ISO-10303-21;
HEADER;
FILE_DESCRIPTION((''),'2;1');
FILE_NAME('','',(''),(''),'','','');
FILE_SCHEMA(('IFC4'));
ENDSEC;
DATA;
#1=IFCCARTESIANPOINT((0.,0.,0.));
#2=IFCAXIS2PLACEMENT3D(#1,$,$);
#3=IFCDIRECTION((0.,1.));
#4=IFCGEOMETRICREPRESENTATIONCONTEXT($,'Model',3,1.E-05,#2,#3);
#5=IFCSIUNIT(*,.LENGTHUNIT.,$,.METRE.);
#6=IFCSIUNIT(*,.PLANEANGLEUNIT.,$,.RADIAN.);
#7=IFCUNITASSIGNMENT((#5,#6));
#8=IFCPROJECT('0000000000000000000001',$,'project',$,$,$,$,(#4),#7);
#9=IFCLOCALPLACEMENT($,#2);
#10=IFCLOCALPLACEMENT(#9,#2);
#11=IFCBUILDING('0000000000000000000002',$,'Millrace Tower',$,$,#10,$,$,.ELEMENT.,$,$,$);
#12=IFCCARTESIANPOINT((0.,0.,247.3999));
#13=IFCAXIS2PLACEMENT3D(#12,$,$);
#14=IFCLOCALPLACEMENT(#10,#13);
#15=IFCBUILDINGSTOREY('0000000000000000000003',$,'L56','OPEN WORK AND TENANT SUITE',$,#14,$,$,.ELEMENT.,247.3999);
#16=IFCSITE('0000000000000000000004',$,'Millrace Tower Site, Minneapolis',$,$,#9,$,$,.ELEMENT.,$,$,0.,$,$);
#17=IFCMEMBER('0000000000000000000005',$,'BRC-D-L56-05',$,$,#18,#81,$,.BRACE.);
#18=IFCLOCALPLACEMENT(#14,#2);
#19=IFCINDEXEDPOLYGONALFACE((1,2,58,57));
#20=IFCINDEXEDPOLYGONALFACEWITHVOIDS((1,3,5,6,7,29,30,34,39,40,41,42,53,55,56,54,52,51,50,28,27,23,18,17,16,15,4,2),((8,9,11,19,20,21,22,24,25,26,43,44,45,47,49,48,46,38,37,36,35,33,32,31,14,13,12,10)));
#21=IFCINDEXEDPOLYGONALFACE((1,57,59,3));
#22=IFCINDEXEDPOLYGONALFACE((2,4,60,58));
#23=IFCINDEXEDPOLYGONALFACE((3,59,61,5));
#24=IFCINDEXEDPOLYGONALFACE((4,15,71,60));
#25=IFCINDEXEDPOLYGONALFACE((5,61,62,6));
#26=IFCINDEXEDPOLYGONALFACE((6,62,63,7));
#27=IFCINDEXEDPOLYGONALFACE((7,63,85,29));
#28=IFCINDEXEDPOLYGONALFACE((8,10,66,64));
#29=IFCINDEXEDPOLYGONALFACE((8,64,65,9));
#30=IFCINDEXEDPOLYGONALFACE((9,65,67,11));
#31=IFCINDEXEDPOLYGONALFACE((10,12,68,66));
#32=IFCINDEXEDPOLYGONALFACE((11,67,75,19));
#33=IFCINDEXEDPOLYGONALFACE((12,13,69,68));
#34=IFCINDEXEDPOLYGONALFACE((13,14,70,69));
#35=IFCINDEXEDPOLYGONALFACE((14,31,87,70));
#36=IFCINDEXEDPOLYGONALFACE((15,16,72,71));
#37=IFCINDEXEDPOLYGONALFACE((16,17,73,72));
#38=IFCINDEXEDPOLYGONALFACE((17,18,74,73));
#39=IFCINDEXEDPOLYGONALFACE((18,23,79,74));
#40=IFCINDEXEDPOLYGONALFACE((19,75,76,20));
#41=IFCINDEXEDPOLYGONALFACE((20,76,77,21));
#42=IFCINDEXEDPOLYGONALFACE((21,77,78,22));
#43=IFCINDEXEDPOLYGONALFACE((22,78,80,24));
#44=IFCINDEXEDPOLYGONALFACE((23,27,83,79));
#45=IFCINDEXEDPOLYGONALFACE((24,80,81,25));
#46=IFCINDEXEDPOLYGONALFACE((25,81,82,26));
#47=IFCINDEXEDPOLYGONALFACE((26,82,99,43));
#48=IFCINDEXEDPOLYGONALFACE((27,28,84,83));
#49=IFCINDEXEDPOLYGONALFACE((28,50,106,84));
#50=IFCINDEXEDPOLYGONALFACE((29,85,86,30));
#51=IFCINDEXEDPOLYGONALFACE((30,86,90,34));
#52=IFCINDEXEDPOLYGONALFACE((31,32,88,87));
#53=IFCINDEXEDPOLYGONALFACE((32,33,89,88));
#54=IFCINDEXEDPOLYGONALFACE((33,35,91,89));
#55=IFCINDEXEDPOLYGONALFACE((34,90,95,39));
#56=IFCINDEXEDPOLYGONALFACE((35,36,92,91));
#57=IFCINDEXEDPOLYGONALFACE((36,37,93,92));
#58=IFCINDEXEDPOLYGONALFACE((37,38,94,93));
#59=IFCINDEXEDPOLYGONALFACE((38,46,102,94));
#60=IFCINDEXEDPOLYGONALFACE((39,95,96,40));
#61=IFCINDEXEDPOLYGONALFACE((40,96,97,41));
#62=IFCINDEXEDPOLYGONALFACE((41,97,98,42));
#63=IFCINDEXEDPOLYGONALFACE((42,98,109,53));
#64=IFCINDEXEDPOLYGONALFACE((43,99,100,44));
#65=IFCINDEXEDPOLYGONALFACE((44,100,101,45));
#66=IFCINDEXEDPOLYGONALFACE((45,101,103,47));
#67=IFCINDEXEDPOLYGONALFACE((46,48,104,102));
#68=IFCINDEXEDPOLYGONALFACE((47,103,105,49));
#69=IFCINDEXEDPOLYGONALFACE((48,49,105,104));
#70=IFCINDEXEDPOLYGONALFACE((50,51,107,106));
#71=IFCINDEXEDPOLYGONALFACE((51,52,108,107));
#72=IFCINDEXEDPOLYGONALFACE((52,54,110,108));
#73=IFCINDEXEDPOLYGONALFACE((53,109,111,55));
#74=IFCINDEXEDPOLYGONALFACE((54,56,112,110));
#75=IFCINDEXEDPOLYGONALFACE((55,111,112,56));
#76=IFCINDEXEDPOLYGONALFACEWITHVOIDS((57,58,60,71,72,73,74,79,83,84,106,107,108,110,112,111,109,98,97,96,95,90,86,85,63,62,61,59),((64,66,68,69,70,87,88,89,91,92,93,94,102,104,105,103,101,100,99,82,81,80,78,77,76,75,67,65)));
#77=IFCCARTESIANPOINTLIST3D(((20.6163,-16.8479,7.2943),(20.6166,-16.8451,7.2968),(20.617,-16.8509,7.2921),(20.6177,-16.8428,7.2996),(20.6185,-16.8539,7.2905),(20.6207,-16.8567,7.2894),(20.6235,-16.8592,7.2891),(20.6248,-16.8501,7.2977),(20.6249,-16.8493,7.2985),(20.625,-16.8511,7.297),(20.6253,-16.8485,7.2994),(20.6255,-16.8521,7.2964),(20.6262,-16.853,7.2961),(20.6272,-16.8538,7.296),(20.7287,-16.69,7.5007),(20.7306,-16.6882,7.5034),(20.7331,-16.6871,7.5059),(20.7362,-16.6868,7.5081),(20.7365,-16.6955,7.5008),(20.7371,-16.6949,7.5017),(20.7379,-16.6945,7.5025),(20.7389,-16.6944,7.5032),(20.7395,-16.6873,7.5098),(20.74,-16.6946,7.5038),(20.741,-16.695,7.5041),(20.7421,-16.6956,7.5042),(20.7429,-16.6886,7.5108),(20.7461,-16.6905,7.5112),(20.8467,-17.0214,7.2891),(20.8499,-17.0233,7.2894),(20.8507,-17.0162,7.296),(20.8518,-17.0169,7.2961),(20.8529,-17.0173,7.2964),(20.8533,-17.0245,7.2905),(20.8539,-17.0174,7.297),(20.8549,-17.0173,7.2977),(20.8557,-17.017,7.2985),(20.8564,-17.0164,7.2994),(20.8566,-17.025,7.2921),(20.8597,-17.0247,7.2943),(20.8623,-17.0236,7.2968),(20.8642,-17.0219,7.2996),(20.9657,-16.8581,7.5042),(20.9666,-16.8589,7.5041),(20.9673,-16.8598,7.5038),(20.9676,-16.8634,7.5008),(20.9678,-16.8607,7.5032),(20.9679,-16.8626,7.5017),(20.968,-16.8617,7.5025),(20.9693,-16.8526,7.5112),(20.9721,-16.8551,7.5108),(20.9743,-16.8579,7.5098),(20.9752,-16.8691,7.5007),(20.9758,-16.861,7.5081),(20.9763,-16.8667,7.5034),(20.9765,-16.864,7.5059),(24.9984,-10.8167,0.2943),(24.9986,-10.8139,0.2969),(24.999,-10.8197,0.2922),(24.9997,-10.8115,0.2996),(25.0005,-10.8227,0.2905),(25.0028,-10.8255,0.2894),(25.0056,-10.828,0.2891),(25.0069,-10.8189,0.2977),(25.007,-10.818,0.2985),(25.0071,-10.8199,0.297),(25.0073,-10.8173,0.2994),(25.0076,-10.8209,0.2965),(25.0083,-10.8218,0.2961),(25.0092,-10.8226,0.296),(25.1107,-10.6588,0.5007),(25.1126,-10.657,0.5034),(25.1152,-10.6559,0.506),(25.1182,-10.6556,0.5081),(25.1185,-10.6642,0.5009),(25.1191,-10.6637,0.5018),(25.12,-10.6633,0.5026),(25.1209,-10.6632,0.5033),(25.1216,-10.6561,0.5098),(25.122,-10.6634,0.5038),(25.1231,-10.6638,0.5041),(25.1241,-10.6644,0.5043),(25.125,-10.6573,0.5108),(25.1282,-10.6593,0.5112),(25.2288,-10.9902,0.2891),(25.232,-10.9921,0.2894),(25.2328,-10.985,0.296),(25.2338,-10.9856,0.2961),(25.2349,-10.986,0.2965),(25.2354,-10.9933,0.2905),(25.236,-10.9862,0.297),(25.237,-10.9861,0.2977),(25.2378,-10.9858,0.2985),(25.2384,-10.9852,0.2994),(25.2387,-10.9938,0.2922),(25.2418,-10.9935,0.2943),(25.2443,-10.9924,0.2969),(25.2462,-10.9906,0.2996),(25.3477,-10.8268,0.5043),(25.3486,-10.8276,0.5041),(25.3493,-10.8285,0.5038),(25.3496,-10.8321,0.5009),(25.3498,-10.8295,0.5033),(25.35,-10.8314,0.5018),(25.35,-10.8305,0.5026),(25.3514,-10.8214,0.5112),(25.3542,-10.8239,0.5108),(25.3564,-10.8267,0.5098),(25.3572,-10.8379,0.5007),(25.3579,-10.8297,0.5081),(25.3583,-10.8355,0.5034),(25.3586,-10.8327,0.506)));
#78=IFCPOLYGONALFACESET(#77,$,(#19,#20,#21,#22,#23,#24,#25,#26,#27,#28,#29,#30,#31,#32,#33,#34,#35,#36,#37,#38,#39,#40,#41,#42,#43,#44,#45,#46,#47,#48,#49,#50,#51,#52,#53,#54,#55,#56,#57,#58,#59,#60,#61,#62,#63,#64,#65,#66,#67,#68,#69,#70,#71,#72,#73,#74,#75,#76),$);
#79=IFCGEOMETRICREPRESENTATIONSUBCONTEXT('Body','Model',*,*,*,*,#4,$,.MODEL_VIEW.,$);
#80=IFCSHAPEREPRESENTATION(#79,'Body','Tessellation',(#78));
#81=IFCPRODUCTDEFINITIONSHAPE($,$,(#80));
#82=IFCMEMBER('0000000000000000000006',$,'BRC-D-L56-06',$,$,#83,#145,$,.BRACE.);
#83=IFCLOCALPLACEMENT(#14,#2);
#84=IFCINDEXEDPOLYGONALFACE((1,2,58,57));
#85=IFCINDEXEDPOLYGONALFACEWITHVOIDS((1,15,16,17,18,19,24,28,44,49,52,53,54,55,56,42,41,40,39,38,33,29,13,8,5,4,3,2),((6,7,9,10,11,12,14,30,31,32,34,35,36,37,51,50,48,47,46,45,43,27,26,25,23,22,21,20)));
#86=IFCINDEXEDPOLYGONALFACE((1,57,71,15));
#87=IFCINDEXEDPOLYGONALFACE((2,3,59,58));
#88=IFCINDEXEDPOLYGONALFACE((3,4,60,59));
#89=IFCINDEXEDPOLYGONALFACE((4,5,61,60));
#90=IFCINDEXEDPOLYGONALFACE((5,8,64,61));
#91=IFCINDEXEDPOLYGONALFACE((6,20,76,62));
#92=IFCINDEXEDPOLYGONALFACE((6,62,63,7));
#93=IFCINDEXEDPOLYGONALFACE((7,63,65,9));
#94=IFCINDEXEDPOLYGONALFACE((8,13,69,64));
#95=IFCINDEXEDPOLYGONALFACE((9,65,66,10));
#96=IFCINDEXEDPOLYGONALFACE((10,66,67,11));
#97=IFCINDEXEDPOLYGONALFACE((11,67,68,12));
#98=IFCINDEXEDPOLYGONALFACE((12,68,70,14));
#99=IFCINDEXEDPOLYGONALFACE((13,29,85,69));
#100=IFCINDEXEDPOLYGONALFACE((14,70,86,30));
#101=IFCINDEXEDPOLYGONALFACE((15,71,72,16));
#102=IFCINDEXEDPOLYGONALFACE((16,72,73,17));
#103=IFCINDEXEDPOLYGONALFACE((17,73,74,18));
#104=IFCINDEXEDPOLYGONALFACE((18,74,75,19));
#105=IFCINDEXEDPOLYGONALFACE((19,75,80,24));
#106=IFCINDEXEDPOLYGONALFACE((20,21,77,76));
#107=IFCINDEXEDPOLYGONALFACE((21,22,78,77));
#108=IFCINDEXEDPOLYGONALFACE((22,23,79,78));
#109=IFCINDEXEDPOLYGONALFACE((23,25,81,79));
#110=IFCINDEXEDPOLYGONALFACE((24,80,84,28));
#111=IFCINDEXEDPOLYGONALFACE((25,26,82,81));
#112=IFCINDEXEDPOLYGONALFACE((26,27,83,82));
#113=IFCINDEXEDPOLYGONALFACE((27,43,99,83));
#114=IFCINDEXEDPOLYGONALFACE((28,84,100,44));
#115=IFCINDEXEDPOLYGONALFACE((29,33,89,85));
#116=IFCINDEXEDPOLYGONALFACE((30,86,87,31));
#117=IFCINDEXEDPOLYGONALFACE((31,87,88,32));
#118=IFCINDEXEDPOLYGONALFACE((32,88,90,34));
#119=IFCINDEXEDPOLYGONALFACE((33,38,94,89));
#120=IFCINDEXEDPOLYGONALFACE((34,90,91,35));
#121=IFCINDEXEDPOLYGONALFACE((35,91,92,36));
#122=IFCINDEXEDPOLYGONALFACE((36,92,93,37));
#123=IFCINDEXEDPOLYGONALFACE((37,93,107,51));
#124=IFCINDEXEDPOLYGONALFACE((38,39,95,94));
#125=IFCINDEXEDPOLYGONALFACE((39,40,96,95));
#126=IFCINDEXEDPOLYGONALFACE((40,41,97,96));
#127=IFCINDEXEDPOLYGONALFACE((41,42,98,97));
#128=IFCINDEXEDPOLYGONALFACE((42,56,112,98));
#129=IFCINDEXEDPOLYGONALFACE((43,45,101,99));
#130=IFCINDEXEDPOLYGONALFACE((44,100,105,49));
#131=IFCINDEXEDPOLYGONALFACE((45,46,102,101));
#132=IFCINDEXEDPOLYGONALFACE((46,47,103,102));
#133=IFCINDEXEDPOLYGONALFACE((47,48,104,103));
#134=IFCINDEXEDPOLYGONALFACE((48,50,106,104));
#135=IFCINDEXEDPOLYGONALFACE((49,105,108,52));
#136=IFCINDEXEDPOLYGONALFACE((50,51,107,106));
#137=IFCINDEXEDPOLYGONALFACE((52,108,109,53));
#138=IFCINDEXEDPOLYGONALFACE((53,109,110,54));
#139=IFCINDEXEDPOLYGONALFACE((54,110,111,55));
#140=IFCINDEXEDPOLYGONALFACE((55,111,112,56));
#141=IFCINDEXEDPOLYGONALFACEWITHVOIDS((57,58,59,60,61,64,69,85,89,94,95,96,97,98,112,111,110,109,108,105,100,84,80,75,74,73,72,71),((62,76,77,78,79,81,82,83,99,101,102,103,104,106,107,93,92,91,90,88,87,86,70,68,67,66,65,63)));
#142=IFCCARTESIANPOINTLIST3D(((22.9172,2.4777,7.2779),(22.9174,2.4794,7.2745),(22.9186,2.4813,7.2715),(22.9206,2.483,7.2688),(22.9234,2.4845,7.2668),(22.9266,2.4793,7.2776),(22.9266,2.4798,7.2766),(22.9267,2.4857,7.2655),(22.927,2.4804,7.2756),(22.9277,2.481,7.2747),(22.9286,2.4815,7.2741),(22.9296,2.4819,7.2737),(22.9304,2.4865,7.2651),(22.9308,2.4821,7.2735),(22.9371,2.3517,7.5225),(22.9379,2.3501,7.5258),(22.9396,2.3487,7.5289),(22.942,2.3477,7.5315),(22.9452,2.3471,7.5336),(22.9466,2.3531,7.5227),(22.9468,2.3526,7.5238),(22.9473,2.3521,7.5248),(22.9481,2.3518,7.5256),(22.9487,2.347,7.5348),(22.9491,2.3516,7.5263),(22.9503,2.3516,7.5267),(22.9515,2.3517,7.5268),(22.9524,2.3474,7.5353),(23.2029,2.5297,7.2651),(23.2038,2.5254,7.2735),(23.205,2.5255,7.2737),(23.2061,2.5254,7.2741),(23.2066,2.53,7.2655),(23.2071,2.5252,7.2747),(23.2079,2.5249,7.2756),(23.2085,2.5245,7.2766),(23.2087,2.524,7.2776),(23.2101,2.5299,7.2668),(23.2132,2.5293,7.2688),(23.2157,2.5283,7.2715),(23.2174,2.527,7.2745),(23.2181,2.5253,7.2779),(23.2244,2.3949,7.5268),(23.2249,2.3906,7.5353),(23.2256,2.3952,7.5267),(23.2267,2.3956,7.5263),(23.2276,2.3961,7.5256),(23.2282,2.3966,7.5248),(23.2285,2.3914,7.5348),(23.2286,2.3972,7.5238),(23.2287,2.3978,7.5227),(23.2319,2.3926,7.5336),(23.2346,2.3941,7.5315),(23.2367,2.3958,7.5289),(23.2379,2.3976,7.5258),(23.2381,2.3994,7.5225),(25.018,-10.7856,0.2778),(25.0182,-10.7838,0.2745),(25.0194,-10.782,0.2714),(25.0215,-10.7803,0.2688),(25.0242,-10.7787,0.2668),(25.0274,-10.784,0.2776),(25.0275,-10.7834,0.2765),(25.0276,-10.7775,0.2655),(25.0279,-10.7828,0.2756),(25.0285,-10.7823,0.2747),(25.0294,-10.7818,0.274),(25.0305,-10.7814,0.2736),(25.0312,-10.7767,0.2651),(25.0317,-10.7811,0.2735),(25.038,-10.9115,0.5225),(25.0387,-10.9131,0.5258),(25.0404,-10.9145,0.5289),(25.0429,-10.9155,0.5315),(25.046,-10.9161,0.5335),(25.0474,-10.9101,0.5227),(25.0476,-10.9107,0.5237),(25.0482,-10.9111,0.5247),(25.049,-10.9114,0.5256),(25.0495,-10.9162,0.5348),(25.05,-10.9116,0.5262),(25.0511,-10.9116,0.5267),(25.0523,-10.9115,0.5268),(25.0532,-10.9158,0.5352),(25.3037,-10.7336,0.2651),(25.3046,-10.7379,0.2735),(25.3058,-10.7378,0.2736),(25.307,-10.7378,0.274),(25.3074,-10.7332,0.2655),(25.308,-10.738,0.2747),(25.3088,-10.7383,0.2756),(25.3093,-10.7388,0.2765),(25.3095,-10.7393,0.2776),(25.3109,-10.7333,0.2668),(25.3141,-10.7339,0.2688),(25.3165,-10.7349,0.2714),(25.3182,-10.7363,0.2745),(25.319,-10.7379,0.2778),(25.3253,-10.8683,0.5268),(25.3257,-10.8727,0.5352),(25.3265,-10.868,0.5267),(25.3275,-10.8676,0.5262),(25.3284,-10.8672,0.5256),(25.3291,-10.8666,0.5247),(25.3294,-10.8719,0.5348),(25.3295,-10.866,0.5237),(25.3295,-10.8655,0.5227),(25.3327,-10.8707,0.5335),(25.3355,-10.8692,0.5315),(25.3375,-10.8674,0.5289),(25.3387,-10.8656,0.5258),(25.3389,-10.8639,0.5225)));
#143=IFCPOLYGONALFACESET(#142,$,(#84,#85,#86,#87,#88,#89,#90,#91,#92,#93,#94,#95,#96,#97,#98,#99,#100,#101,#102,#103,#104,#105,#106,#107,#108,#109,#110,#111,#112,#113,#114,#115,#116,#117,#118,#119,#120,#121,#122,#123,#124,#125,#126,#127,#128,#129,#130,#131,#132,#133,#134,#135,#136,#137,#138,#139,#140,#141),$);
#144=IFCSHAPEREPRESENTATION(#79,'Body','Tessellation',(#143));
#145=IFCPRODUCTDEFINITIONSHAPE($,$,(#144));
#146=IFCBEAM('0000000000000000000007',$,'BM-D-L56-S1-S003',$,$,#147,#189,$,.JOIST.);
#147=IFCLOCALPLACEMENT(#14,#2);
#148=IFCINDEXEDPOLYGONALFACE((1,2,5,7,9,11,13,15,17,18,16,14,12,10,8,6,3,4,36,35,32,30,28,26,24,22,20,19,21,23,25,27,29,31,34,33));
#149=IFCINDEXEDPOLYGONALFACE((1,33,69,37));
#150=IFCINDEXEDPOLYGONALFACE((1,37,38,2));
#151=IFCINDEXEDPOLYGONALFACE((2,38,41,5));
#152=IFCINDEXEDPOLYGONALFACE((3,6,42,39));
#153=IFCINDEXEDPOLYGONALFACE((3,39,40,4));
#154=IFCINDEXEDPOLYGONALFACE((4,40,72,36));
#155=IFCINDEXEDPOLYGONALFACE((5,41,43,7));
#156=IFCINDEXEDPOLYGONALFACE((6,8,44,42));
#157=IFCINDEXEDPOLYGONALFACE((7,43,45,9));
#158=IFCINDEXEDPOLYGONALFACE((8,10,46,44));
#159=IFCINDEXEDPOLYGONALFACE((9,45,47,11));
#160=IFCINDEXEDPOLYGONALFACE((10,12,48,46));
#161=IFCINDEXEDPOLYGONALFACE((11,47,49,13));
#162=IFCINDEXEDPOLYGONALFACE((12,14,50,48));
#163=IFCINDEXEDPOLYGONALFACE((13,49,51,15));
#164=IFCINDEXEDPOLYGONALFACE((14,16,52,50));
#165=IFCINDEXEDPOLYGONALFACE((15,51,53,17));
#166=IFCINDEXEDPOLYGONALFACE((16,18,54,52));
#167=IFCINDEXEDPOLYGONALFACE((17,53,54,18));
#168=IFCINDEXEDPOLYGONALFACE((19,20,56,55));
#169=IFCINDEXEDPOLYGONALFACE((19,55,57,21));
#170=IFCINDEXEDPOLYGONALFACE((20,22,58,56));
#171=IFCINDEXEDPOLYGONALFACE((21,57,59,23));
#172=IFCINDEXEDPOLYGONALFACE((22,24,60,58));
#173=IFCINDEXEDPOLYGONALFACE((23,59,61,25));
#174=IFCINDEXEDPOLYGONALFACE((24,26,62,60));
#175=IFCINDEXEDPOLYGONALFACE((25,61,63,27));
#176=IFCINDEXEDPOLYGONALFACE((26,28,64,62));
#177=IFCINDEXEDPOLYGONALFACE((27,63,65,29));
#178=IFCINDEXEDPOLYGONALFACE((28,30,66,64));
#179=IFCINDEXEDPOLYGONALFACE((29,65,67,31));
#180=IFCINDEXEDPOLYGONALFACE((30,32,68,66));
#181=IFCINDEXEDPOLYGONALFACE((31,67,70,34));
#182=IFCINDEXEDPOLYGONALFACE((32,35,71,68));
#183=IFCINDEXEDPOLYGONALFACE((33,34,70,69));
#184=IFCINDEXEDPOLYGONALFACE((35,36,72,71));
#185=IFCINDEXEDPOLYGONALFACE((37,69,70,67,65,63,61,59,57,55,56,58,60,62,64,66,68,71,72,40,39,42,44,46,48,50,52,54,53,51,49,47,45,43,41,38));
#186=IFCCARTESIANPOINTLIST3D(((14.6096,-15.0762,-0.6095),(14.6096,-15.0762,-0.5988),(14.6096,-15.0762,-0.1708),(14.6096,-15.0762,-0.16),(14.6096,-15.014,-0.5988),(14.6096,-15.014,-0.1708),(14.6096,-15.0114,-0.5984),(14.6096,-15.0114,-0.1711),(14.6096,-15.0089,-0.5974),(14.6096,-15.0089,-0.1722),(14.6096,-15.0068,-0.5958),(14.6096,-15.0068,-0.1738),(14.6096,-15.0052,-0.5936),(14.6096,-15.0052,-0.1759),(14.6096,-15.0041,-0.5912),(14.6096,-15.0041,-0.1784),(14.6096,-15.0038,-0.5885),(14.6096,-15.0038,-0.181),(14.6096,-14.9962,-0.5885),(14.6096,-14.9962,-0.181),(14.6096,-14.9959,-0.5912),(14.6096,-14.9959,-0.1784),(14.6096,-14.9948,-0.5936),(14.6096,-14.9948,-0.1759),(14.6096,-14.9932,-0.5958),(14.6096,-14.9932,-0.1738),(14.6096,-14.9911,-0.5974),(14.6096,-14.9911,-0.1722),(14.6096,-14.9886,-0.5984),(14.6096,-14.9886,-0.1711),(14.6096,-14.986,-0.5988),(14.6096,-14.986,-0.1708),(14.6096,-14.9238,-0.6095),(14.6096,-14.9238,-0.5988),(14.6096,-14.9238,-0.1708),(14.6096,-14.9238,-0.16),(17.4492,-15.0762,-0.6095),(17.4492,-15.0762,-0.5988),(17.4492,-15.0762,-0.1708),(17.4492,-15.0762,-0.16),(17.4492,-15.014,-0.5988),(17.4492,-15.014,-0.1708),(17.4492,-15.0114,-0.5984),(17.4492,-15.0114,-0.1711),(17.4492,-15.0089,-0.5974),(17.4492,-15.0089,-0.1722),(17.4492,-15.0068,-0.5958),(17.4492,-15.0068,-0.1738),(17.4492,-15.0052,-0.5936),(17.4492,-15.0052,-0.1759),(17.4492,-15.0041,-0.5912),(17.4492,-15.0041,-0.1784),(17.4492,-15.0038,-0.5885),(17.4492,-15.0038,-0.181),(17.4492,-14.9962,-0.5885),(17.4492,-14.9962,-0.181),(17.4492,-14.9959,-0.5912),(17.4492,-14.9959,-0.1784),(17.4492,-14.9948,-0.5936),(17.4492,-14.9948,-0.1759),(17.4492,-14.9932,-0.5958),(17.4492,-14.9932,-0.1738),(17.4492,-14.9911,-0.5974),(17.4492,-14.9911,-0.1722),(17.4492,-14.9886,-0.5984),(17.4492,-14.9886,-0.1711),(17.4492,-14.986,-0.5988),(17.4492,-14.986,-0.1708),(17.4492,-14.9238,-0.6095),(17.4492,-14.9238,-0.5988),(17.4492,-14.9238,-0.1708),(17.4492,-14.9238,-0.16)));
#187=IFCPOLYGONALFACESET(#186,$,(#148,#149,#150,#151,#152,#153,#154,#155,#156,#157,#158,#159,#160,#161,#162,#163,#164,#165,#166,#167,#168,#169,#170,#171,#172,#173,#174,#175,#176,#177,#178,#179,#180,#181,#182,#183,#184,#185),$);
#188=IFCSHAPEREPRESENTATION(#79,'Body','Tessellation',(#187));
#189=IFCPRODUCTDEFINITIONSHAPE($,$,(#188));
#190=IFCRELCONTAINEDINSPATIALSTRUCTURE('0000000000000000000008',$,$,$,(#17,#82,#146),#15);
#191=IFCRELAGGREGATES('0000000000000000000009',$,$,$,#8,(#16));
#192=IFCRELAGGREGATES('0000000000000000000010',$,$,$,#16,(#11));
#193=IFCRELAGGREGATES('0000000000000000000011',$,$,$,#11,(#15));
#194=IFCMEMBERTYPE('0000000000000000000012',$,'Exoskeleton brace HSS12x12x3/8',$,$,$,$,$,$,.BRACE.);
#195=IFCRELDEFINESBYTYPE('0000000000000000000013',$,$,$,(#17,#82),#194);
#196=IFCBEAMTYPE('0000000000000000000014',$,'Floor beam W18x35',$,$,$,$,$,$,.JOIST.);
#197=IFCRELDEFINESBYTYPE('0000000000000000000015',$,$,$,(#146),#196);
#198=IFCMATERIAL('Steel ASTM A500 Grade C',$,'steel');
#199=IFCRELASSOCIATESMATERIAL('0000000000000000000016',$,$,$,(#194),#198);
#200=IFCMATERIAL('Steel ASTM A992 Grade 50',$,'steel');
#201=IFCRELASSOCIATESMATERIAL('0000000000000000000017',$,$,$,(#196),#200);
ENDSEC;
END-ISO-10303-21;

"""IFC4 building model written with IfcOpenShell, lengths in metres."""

from ifc_helpers import new_model, si_unit, direction, frame, origin, origin_2d, place, context, subcontext, project, spatial, hollow_rectangle, i_section, extrude, material, material_profile, profile_set, type_object, element, save


model = new_model("IFC4")

# Units and contexts
model_context = context("Model", 3, precision=1e-05, world=origin(), true_north=direction((0.0, 1.0)))
body_context = subcontext(model_context, "Body", "Model", "MODEL_VIEW")
ifc_project = project(units=[si_unit("LENGTHUNIT", "METRE"), si_unit("PLANEANGLEUNIT", "RADIAN")], contexts=[model_context])

# Site, building, storey
site_placement = place(None, origin())
site = spatial("IfcSite", under=ifc_project, at=site_placement, Name="Millrace Tower Site, Minneapolis", CompositionType="ELEMENT", RefElevation=0.0)
building_placement = place(site_placement, origin())
building = spatial("IfcBuilding", under=site, at=building_placement, Name="Millrace Tower", CompositionType="ELEMENT")
storey_placement = place(building_placement, frame((0.0, 0.0, 247.3999)))
storey = spatial("IfcBuildingStorey", under=building, at=storey_placement, Name="L56", Description="OPEN WORK AND TENANT SUITE", CompositionType="ELEMENT", Elevation=247.3999)

# Members
ifc_material_1 = material(Name="Steel ASTM A500 Grade C", Category="steel")
ifc_material_profile_1 = material_profile(ifc_material_1, hollow_rectangle(XDim=0.3047, YDim=0.3047, WallThickness=0.0095, InnerFilletRadius=0.0046, OuterFilletRadius=0.0144, at=origin_2d()))
ifc_profile_set_1 = profile_set([ifc_material_profile_1], Name="Steel ASTM A500 Grade C")
member_type_1 = type_object("IfcMemberType", Name="Exoskeleton brace HSS12x12x3/8", PredefinedType="BRACE", material=ifc_profile_set_1)
member_1_placement = place(storey_placement, frame((25.1785, -10.8247, 0.4001), z_axis=(-0.428508, -0.589774, 0.684505), x_axis=(0.809009, -0.587796, 0.0)))
element("IfcMember", 1, at=member_1_placement, inside=storey, type_object=member_type_1, Name="BRC-D-L56-05", PredefinedType="BRACE", context=body_context, shape_type="SweptSolid", body=[
    extrude(hollow_rectangle(XDim=0.3047, YDim=0.3047, WallThickness=0.0095, InnerFilletRadius=0.0046, OuterFilletRadius=0.0144, at=origin_2d()), origin(), (0.0, 0.0, 1.0), 10.2263),
])
member_2_placement = place(storey_placement, frame((25.1785, -10.8247, 0.4001), z_axis=(-0.138728, 0.875834, 0.462245), x_axis=(-0.987687, -0.156445, 0.0)))
element("IfcMember", 2, at=member_2_placement, inside=storey, type_object=member_type_1, Name="BRC-D-L56-06", PredefinedType="BRACE", context=body_context, shape_type="SweptSolid", body=[
    extrude(hollow_rectangle(XDim=0.3047, YDim=0.3047, WallThickness=0.0095, InnerFilletRadius=0.0046, OuterFilletRadius=0.0144, at=origin_2d()), origin(), (0.0, 0.0, 1.0), 15.1436),
])

# Beam
ifc_material_2 = material(Name="Steel ASTM A992 Grade 50", Category="steel")
ifc_material_profile_2 = material_profile(ifc_material_2, i_section(OverallWidth=0.1523, OverallDepth=0.4495, WebThickness=0.0076, FlangeThickness=0.0107, FilletRadius=0.0103, at=origin_2d()))
ifc_profile_set_2 = profile_set([ifc_material_profile_2], Name="Steel ASTM A992 Grade 50")
beam_type_1 = type_object("IfcBeamType", Name="Floor beam W18x35", PredefinedType="JOIST", material=ifc_profile_set_2)
beam_1_placement = place(storey_placement, frame((14.6096, -15.0, -0.3848), z_axis=(1.0, 0.0, 0.0), x_axis=(0.0, 1.0, 0.0)))
element("IfcBeam", 3, at=beam_1_placement, inside=storey, type_object=beam_type_1, Name="BM-D-L56-S1-S003", PredefinedType="JOIST", context=body_context, shape_type="SweptSolid", body=[
    extrude(i_section(OverallWidth=0.1523, OverallDepth=0.4495, WebThickness=0.0076, FlangeThickness=0.0107, FilletRadius=0.0103, at=origin_2d()), origin(), (0.0, 0.0, 1.0), 2.8396),
])

save(model, "model.ifc")
